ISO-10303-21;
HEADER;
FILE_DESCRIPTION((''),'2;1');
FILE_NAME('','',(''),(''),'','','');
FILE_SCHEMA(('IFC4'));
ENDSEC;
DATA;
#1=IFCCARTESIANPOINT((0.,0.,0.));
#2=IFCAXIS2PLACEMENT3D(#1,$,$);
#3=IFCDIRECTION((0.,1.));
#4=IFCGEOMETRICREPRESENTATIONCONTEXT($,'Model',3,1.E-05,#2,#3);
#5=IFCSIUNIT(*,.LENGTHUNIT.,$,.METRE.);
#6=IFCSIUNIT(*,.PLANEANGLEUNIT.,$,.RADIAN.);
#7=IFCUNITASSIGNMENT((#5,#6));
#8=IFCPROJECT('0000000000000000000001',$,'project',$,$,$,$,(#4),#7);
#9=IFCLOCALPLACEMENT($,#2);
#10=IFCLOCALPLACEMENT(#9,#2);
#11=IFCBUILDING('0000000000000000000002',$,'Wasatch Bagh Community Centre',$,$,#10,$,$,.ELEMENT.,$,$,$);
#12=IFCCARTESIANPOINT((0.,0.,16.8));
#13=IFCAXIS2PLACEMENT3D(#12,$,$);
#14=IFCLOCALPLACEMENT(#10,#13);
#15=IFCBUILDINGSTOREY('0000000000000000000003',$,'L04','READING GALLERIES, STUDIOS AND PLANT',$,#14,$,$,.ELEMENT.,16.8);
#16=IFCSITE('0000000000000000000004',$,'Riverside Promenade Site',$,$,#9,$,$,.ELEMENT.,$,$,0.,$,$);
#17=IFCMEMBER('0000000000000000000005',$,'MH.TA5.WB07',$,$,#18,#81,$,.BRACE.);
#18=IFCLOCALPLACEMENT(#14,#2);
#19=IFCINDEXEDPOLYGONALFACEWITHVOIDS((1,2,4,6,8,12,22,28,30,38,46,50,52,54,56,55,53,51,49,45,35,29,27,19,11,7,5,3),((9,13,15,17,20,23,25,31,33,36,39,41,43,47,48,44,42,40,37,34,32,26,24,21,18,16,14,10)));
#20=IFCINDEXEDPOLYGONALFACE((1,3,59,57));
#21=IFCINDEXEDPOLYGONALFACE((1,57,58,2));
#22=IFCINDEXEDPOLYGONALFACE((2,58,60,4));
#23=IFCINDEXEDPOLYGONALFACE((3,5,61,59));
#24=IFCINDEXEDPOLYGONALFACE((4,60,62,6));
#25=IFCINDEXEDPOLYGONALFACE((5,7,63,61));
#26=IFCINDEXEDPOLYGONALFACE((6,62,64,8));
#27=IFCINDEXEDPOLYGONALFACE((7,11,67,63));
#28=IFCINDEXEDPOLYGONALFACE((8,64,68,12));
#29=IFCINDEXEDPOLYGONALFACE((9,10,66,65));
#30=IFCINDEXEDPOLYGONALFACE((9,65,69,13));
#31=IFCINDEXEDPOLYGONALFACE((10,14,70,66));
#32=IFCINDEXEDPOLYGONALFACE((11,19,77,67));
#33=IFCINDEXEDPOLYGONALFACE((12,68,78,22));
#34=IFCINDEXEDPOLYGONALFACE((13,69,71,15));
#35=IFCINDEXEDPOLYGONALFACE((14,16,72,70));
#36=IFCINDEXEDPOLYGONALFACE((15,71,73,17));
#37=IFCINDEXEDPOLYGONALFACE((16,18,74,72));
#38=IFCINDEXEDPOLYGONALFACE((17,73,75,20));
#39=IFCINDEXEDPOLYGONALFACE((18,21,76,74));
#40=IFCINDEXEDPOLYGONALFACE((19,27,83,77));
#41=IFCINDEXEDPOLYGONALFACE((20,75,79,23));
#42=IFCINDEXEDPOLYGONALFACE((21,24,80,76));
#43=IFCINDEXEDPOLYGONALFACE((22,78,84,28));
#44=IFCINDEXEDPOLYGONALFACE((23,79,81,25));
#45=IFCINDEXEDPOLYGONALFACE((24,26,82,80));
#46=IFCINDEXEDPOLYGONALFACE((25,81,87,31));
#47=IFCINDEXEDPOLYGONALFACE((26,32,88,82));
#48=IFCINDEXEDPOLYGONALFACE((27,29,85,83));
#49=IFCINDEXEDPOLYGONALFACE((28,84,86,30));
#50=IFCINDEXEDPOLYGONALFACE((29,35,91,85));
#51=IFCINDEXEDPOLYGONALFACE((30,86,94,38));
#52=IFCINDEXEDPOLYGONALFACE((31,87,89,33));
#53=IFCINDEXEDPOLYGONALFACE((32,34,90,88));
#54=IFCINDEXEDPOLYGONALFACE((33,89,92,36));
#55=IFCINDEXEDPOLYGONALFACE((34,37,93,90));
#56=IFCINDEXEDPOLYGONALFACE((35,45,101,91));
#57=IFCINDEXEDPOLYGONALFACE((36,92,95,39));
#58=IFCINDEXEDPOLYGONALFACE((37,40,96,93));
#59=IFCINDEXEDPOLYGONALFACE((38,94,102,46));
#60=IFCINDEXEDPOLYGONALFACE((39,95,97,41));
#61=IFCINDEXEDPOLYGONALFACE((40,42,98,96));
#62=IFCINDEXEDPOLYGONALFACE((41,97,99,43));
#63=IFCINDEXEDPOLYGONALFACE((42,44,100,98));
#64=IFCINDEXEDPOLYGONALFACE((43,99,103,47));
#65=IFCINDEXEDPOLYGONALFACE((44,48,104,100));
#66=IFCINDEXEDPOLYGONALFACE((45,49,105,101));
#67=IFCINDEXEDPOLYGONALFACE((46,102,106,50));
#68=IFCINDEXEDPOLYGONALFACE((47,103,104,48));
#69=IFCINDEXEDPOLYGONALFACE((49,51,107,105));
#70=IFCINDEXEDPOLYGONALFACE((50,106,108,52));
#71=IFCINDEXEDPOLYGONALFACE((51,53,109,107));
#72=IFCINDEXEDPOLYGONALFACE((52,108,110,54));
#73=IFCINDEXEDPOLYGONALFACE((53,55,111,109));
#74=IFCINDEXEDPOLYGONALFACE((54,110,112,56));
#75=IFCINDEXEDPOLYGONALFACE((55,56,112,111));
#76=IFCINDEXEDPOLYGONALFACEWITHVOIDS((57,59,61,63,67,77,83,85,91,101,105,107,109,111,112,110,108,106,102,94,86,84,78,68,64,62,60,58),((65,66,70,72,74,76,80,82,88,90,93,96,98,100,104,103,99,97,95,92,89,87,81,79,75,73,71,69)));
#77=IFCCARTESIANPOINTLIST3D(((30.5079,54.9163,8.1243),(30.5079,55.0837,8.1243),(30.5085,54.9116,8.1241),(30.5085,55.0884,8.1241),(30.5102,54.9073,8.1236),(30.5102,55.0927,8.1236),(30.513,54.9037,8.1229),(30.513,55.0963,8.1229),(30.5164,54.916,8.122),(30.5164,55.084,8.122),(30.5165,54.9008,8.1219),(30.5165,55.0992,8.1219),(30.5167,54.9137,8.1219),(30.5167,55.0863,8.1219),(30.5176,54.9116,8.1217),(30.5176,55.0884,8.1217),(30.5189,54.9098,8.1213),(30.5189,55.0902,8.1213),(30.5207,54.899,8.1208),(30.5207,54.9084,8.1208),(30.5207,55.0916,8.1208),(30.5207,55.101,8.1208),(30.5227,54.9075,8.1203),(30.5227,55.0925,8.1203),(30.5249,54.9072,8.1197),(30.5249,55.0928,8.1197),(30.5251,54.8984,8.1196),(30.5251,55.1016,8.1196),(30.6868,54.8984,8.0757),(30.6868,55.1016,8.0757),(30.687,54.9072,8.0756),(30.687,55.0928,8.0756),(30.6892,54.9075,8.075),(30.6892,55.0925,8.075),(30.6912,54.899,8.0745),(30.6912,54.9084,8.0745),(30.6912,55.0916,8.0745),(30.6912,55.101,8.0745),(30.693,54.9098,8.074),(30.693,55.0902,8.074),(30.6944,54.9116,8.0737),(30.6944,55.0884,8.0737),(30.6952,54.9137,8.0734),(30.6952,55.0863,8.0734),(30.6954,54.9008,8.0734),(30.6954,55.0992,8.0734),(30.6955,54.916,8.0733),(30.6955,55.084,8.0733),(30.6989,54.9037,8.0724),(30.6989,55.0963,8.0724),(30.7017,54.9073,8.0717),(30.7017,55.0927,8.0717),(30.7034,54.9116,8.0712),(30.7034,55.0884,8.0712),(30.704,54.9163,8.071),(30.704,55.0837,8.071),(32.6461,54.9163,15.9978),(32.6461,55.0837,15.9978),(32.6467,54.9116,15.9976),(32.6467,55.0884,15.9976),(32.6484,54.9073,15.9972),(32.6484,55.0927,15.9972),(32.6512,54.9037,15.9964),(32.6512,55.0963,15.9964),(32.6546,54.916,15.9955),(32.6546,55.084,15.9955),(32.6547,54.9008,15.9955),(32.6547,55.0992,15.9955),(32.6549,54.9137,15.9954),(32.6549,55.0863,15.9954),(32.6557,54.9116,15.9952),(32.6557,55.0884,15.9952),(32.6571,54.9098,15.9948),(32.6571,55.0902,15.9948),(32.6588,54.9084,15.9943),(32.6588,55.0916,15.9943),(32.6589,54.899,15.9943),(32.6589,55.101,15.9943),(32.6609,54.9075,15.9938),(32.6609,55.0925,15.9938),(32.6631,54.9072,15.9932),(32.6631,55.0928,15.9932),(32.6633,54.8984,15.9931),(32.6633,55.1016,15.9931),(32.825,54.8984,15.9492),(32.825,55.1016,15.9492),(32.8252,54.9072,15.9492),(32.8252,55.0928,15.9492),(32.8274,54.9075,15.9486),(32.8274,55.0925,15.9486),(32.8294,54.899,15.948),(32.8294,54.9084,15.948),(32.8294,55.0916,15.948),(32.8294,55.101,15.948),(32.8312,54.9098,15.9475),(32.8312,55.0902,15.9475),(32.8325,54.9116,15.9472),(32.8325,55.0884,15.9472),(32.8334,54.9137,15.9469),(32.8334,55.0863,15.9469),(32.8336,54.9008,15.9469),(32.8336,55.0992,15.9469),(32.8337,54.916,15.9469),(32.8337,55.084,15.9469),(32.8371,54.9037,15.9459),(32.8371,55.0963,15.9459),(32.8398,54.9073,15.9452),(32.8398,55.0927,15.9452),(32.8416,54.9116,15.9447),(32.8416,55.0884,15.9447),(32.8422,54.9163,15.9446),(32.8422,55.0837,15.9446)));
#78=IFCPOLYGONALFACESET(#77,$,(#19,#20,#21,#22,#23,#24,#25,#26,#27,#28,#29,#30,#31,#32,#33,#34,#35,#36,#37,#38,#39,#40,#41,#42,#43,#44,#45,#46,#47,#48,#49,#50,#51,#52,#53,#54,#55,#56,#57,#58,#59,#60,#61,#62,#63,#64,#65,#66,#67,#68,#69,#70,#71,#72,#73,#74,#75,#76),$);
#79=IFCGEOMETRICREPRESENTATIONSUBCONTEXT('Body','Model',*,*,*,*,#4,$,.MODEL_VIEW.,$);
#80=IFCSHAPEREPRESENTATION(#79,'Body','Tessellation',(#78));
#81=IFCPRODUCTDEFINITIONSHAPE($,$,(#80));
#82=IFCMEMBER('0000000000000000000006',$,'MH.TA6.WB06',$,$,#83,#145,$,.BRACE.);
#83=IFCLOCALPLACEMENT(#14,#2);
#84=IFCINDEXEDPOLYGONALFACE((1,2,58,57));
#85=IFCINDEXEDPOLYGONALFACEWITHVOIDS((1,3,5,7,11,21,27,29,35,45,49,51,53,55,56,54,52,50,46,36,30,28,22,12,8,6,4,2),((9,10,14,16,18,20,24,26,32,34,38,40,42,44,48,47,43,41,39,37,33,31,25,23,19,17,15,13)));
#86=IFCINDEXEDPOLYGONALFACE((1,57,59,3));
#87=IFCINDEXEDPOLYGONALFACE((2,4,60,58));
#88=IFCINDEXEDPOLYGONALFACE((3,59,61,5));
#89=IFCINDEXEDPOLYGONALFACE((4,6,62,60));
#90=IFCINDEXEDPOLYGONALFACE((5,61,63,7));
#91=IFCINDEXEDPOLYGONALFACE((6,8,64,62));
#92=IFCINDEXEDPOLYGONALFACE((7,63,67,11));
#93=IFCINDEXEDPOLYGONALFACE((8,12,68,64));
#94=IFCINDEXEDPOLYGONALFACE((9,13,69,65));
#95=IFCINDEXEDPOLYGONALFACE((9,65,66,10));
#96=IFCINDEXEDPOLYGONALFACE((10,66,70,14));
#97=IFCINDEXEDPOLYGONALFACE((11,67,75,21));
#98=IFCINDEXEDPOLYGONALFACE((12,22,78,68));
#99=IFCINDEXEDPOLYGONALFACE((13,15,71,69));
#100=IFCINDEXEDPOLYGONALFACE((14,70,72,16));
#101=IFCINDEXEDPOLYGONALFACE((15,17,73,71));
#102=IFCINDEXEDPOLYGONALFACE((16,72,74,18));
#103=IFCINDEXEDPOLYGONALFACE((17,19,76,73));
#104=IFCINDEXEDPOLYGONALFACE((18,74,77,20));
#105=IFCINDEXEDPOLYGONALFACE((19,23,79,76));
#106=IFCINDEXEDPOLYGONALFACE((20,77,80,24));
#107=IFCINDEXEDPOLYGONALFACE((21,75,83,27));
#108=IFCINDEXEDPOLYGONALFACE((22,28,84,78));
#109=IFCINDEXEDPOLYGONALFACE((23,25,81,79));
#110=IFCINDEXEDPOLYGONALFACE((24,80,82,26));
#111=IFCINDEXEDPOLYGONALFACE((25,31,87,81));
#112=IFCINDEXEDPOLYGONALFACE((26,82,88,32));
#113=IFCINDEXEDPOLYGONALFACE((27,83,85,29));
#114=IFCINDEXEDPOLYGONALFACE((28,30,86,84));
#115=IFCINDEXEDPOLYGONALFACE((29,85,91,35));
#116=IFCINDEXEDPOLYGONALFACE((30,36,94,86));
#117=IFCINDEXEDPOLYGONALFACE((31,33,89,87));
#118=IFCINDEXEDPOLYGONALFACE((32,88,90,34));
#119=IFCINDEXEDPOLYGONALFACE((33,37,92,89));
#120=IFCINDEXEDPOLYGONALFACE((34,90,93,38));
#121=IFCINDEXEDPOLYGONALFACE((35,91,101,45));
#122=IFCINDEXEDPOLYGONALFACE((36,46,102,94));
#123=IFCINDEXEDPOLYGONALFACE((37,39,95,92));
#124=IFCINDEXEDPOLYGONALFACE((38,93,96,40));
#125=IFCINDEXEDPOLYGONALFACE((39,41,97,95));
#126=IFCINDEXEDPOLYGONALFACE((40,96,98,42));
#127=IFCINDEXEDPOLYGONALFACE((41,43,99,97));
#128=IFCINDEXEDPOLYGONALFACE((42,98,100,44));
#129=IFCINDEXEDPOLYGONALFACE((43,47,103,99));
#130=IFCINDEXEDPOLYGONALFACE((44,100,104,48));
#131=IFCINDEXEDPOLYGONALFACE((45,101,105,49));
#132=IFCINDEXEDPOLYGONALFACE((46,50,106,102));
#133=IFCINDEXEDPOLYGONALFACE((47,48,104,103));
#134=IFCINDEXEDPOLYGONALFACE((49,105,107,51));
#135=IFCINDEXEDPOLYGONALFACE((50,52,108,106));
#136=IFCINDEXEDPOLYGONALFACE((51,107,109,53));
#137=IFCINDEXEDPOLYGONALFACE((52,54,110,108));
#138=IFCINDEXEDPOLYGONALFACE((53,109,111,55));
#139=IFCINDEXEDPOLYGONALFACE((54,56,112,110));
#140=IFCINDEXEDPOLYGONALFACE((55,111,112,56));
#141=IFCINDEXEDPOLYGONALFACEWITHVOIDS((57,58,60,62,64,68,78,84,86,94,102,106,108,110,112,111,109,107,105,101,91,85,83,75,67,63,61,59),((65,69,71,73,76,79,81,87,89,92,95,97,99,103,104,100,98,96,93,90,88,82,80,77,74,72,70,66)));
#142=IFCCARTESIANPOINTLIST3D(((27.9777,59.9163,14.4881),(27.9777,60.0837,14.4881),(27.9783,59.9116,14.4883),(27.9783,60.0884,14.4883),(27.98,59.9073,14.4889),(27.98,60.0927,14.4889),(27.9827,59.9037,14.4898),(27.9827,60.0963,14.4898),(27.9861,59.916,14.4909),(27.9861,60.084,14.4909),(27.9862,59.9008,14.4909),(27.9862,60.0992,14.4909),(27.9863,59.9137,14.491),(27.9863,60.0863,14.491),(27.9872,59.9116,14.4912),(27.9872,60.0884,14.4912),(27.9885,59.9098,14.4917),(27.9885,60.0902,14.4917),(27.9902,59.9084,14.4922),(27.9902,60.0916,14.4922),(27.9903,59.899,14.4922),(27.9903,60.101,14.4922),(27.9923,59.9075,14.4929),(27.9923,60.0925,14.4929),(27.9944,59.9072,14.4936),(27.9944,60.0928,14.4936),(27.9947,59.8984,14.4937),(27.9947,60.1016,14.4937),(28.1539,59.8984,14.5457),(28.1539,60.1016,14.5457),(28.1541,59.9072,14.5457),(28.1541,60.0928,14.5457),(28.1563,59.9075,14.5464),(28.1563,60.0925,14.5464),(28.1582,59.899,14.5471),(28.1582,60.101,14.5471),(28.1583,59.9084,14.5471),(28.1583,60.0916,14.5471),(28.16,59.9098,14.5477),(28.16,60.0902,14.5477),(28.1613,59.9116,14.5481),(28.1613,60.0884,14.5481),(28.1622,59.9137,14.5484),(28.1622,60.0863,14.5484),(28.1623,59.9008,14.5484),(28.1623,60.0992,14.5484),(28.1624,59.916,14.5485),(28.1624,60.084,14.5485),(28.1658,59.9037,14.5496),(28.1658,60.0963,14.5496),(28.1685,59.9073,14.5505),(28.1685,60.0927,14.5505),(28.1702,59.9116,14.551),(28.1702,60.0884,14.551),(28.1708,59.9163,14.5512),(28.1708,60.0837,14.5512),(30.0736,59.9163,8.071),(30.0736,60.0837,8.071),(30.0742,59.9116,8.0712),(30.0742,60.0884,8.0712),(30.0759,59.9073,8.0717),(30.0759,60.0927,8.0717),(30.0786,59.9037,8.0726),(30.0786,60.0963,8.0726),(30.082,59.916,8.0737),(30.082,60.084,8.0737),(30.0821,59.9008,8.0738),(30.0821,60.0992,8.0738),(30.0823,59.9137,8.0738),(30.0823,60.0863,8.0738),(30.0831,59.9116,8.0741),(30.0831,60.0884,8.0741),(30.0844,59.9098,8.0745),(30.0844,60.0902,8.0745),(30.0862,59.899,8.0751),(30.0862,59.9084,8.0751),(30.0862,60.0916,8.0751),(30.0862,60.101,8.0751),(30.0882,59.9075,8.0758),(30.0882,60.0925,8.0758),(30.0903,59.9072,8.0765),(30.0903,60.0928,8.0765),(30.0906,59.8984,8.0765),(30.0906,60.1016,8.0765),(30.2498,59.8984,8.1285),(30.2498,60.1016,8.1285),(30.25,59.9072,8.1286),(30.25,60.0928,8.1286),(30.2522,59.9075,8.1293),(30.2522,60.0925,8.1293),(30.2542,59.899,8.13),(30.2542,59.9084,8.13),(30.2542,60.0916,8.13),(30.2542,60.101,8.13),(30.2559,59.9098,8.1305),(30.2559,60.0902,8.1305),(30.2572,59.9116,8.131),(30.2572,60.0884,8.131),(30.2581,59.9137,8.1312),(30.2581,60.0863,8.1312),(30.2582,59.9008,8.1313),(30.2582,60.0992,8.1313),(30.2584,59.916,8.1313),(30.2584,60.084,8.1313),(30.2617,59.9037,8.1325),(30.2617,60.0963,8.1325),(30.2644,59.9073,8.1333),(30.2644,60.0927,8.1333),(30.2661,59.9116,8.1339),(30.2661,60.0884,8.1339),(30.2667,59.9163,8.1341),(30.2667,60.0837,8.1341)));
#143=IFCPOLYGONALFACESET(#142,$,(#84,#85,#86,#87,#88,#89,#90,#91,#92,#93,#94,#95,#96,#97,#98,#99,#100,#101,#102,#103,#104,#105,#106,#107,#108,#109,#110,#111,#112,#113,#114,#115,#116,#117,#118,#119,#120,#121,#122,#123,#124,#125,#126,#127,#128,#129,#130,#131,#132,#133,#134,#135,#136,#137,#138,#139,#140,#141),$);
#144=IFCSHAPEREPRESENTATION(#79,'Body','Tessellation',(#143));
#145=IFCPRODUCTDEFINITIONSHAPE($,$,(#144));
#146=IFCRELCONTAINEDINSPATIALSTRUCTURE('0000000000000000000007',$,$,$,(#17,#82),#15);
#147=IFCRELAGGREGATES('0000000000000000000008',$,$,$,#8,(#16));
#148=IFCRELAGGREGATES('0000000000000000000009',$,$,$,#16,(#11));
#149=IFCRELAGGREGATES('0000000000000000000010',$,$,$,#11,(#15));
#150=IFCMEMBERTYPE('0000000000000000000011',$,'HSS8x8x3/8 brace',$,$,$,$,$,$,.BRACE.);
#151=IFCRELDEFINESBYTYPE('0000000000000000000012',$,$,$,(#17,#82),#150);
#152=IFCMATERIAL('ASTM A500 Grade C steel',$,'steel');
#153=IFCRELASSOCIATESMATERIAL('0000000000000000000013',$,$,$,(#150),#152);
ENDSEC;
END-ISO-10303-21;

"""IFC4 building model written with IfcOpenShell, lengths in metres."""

from ifc_helpers import new_model, si_unit, direction, frame, origin, origin_2d, place, context, subcontext, project, spatial, hollow_rectangle, extrude, material, material_profile, profile_set, type_object, element, save


model = new_model("IFC4")

# Units and contexts
model_context = context("Model", 3, precision=1e-05, world=origin(), true_north=direction((0.0, 1.0)))
body_context = subcontext(model_context, "Body", "Model", "MODEL_VIEW")
ifc_project = project(units=[si_unit("LENGTHUNIT", "METRE"), si_unit("PLANEANGLEUNIT", "RADIAN")], contexts=[model_context])

# Site, building, storey
site_placement = place(None, origin())
site = spatial("IfcSite", under=ifc_project, at=site_placement, Name="Riverside Promenade Site", CompositionType="ELEMENT", RefElevation=0.0)
building_placement = place(site_placement, origin())
building = spatial("IfcBuilding", under=site, at=building_placement, Name="Wasatch Bagh Community Centre", CompositionType="ELEMENT")
storey_placement = place(building_placement, frame((0.0, 0.0, 16.8)))
storey = spatial("IfcBuildingStorey", under=building, at=storey_placement, Name="L04", Description="READING GALLERIES, STUDIOS AND PLANT", CompositionType="ELEMENT", Elevation=16.8)

# Members
ifc_material_1 = material(Name="ASTM A500 Grade C steel", Category="steel")
ifc_material_profile_1 = material_profile(ifc_material_1, hollow_rectangle(XDim=0.2031, YDim=0.2031, WallThickness=0.0088, InnerFilletRadius=0.0088, OuterFilletRadius=0.0178, at=origin_2d()), Name="HSS8x8x3/8")
ifc_profile_set_1 = profile_set([ifc_material_profile_1], Name="ASTM A500 Grade C steel")
member_type_1 = type_object("IfcMemberType", Name="HSS8x8x3/8 brace", PredefinedType="BRACE", material=ifc_profile_set_1)
member_1_placement = place(storey_placement, frame((30.606, 55.0, 8.0977), z_axis=(0.262074, 0.0, 0.965048), x_axis=(0.0, 1.0, 0.0)))
element("IfcMember", 1, at=member_1_placement, inside=storey, type_object=member_type_1, Name="MH.TA5.WB07", PredefinedType="BRACE", context=body_context, shape_type="SweptSolid", body=[
    extrude(hollow_rectangle(XDim=0.2031, YDim=0.2031, WallThickness=0.0088, InnerFilletRadius=0.0088, OuterFilletRadius=0.0178, at=origin_2d()), origin(), (0.0, 0.0, 1.0), 8.1587),
])
member_2_placement = place(storey_placement, frame((30.1702, 60.0, 8.1025), z_axis=(-0.310472, 0.0, 0.950583), x_axis=(0.0, -1.0, 0.0)))
element("IfcMember", 2, at=member_2_placement, inside=storey, type_object=member_type_1, Name="MH.TA6.WB06", PredefinedType="BRACE", context=body_context, shape_type="SweptSolid", body=[
    extrude(hollow_rectangle(XDim=0.2031, YDim=0.2031, WallThickness=0.0088, InnerFilletRadius=0.0088, OuterFilletRadius=0.0178, at=origin_2d()), origin(), (0.0, 0.0, 1.0), 6.7507),
])

save(model, "model.ifc")
